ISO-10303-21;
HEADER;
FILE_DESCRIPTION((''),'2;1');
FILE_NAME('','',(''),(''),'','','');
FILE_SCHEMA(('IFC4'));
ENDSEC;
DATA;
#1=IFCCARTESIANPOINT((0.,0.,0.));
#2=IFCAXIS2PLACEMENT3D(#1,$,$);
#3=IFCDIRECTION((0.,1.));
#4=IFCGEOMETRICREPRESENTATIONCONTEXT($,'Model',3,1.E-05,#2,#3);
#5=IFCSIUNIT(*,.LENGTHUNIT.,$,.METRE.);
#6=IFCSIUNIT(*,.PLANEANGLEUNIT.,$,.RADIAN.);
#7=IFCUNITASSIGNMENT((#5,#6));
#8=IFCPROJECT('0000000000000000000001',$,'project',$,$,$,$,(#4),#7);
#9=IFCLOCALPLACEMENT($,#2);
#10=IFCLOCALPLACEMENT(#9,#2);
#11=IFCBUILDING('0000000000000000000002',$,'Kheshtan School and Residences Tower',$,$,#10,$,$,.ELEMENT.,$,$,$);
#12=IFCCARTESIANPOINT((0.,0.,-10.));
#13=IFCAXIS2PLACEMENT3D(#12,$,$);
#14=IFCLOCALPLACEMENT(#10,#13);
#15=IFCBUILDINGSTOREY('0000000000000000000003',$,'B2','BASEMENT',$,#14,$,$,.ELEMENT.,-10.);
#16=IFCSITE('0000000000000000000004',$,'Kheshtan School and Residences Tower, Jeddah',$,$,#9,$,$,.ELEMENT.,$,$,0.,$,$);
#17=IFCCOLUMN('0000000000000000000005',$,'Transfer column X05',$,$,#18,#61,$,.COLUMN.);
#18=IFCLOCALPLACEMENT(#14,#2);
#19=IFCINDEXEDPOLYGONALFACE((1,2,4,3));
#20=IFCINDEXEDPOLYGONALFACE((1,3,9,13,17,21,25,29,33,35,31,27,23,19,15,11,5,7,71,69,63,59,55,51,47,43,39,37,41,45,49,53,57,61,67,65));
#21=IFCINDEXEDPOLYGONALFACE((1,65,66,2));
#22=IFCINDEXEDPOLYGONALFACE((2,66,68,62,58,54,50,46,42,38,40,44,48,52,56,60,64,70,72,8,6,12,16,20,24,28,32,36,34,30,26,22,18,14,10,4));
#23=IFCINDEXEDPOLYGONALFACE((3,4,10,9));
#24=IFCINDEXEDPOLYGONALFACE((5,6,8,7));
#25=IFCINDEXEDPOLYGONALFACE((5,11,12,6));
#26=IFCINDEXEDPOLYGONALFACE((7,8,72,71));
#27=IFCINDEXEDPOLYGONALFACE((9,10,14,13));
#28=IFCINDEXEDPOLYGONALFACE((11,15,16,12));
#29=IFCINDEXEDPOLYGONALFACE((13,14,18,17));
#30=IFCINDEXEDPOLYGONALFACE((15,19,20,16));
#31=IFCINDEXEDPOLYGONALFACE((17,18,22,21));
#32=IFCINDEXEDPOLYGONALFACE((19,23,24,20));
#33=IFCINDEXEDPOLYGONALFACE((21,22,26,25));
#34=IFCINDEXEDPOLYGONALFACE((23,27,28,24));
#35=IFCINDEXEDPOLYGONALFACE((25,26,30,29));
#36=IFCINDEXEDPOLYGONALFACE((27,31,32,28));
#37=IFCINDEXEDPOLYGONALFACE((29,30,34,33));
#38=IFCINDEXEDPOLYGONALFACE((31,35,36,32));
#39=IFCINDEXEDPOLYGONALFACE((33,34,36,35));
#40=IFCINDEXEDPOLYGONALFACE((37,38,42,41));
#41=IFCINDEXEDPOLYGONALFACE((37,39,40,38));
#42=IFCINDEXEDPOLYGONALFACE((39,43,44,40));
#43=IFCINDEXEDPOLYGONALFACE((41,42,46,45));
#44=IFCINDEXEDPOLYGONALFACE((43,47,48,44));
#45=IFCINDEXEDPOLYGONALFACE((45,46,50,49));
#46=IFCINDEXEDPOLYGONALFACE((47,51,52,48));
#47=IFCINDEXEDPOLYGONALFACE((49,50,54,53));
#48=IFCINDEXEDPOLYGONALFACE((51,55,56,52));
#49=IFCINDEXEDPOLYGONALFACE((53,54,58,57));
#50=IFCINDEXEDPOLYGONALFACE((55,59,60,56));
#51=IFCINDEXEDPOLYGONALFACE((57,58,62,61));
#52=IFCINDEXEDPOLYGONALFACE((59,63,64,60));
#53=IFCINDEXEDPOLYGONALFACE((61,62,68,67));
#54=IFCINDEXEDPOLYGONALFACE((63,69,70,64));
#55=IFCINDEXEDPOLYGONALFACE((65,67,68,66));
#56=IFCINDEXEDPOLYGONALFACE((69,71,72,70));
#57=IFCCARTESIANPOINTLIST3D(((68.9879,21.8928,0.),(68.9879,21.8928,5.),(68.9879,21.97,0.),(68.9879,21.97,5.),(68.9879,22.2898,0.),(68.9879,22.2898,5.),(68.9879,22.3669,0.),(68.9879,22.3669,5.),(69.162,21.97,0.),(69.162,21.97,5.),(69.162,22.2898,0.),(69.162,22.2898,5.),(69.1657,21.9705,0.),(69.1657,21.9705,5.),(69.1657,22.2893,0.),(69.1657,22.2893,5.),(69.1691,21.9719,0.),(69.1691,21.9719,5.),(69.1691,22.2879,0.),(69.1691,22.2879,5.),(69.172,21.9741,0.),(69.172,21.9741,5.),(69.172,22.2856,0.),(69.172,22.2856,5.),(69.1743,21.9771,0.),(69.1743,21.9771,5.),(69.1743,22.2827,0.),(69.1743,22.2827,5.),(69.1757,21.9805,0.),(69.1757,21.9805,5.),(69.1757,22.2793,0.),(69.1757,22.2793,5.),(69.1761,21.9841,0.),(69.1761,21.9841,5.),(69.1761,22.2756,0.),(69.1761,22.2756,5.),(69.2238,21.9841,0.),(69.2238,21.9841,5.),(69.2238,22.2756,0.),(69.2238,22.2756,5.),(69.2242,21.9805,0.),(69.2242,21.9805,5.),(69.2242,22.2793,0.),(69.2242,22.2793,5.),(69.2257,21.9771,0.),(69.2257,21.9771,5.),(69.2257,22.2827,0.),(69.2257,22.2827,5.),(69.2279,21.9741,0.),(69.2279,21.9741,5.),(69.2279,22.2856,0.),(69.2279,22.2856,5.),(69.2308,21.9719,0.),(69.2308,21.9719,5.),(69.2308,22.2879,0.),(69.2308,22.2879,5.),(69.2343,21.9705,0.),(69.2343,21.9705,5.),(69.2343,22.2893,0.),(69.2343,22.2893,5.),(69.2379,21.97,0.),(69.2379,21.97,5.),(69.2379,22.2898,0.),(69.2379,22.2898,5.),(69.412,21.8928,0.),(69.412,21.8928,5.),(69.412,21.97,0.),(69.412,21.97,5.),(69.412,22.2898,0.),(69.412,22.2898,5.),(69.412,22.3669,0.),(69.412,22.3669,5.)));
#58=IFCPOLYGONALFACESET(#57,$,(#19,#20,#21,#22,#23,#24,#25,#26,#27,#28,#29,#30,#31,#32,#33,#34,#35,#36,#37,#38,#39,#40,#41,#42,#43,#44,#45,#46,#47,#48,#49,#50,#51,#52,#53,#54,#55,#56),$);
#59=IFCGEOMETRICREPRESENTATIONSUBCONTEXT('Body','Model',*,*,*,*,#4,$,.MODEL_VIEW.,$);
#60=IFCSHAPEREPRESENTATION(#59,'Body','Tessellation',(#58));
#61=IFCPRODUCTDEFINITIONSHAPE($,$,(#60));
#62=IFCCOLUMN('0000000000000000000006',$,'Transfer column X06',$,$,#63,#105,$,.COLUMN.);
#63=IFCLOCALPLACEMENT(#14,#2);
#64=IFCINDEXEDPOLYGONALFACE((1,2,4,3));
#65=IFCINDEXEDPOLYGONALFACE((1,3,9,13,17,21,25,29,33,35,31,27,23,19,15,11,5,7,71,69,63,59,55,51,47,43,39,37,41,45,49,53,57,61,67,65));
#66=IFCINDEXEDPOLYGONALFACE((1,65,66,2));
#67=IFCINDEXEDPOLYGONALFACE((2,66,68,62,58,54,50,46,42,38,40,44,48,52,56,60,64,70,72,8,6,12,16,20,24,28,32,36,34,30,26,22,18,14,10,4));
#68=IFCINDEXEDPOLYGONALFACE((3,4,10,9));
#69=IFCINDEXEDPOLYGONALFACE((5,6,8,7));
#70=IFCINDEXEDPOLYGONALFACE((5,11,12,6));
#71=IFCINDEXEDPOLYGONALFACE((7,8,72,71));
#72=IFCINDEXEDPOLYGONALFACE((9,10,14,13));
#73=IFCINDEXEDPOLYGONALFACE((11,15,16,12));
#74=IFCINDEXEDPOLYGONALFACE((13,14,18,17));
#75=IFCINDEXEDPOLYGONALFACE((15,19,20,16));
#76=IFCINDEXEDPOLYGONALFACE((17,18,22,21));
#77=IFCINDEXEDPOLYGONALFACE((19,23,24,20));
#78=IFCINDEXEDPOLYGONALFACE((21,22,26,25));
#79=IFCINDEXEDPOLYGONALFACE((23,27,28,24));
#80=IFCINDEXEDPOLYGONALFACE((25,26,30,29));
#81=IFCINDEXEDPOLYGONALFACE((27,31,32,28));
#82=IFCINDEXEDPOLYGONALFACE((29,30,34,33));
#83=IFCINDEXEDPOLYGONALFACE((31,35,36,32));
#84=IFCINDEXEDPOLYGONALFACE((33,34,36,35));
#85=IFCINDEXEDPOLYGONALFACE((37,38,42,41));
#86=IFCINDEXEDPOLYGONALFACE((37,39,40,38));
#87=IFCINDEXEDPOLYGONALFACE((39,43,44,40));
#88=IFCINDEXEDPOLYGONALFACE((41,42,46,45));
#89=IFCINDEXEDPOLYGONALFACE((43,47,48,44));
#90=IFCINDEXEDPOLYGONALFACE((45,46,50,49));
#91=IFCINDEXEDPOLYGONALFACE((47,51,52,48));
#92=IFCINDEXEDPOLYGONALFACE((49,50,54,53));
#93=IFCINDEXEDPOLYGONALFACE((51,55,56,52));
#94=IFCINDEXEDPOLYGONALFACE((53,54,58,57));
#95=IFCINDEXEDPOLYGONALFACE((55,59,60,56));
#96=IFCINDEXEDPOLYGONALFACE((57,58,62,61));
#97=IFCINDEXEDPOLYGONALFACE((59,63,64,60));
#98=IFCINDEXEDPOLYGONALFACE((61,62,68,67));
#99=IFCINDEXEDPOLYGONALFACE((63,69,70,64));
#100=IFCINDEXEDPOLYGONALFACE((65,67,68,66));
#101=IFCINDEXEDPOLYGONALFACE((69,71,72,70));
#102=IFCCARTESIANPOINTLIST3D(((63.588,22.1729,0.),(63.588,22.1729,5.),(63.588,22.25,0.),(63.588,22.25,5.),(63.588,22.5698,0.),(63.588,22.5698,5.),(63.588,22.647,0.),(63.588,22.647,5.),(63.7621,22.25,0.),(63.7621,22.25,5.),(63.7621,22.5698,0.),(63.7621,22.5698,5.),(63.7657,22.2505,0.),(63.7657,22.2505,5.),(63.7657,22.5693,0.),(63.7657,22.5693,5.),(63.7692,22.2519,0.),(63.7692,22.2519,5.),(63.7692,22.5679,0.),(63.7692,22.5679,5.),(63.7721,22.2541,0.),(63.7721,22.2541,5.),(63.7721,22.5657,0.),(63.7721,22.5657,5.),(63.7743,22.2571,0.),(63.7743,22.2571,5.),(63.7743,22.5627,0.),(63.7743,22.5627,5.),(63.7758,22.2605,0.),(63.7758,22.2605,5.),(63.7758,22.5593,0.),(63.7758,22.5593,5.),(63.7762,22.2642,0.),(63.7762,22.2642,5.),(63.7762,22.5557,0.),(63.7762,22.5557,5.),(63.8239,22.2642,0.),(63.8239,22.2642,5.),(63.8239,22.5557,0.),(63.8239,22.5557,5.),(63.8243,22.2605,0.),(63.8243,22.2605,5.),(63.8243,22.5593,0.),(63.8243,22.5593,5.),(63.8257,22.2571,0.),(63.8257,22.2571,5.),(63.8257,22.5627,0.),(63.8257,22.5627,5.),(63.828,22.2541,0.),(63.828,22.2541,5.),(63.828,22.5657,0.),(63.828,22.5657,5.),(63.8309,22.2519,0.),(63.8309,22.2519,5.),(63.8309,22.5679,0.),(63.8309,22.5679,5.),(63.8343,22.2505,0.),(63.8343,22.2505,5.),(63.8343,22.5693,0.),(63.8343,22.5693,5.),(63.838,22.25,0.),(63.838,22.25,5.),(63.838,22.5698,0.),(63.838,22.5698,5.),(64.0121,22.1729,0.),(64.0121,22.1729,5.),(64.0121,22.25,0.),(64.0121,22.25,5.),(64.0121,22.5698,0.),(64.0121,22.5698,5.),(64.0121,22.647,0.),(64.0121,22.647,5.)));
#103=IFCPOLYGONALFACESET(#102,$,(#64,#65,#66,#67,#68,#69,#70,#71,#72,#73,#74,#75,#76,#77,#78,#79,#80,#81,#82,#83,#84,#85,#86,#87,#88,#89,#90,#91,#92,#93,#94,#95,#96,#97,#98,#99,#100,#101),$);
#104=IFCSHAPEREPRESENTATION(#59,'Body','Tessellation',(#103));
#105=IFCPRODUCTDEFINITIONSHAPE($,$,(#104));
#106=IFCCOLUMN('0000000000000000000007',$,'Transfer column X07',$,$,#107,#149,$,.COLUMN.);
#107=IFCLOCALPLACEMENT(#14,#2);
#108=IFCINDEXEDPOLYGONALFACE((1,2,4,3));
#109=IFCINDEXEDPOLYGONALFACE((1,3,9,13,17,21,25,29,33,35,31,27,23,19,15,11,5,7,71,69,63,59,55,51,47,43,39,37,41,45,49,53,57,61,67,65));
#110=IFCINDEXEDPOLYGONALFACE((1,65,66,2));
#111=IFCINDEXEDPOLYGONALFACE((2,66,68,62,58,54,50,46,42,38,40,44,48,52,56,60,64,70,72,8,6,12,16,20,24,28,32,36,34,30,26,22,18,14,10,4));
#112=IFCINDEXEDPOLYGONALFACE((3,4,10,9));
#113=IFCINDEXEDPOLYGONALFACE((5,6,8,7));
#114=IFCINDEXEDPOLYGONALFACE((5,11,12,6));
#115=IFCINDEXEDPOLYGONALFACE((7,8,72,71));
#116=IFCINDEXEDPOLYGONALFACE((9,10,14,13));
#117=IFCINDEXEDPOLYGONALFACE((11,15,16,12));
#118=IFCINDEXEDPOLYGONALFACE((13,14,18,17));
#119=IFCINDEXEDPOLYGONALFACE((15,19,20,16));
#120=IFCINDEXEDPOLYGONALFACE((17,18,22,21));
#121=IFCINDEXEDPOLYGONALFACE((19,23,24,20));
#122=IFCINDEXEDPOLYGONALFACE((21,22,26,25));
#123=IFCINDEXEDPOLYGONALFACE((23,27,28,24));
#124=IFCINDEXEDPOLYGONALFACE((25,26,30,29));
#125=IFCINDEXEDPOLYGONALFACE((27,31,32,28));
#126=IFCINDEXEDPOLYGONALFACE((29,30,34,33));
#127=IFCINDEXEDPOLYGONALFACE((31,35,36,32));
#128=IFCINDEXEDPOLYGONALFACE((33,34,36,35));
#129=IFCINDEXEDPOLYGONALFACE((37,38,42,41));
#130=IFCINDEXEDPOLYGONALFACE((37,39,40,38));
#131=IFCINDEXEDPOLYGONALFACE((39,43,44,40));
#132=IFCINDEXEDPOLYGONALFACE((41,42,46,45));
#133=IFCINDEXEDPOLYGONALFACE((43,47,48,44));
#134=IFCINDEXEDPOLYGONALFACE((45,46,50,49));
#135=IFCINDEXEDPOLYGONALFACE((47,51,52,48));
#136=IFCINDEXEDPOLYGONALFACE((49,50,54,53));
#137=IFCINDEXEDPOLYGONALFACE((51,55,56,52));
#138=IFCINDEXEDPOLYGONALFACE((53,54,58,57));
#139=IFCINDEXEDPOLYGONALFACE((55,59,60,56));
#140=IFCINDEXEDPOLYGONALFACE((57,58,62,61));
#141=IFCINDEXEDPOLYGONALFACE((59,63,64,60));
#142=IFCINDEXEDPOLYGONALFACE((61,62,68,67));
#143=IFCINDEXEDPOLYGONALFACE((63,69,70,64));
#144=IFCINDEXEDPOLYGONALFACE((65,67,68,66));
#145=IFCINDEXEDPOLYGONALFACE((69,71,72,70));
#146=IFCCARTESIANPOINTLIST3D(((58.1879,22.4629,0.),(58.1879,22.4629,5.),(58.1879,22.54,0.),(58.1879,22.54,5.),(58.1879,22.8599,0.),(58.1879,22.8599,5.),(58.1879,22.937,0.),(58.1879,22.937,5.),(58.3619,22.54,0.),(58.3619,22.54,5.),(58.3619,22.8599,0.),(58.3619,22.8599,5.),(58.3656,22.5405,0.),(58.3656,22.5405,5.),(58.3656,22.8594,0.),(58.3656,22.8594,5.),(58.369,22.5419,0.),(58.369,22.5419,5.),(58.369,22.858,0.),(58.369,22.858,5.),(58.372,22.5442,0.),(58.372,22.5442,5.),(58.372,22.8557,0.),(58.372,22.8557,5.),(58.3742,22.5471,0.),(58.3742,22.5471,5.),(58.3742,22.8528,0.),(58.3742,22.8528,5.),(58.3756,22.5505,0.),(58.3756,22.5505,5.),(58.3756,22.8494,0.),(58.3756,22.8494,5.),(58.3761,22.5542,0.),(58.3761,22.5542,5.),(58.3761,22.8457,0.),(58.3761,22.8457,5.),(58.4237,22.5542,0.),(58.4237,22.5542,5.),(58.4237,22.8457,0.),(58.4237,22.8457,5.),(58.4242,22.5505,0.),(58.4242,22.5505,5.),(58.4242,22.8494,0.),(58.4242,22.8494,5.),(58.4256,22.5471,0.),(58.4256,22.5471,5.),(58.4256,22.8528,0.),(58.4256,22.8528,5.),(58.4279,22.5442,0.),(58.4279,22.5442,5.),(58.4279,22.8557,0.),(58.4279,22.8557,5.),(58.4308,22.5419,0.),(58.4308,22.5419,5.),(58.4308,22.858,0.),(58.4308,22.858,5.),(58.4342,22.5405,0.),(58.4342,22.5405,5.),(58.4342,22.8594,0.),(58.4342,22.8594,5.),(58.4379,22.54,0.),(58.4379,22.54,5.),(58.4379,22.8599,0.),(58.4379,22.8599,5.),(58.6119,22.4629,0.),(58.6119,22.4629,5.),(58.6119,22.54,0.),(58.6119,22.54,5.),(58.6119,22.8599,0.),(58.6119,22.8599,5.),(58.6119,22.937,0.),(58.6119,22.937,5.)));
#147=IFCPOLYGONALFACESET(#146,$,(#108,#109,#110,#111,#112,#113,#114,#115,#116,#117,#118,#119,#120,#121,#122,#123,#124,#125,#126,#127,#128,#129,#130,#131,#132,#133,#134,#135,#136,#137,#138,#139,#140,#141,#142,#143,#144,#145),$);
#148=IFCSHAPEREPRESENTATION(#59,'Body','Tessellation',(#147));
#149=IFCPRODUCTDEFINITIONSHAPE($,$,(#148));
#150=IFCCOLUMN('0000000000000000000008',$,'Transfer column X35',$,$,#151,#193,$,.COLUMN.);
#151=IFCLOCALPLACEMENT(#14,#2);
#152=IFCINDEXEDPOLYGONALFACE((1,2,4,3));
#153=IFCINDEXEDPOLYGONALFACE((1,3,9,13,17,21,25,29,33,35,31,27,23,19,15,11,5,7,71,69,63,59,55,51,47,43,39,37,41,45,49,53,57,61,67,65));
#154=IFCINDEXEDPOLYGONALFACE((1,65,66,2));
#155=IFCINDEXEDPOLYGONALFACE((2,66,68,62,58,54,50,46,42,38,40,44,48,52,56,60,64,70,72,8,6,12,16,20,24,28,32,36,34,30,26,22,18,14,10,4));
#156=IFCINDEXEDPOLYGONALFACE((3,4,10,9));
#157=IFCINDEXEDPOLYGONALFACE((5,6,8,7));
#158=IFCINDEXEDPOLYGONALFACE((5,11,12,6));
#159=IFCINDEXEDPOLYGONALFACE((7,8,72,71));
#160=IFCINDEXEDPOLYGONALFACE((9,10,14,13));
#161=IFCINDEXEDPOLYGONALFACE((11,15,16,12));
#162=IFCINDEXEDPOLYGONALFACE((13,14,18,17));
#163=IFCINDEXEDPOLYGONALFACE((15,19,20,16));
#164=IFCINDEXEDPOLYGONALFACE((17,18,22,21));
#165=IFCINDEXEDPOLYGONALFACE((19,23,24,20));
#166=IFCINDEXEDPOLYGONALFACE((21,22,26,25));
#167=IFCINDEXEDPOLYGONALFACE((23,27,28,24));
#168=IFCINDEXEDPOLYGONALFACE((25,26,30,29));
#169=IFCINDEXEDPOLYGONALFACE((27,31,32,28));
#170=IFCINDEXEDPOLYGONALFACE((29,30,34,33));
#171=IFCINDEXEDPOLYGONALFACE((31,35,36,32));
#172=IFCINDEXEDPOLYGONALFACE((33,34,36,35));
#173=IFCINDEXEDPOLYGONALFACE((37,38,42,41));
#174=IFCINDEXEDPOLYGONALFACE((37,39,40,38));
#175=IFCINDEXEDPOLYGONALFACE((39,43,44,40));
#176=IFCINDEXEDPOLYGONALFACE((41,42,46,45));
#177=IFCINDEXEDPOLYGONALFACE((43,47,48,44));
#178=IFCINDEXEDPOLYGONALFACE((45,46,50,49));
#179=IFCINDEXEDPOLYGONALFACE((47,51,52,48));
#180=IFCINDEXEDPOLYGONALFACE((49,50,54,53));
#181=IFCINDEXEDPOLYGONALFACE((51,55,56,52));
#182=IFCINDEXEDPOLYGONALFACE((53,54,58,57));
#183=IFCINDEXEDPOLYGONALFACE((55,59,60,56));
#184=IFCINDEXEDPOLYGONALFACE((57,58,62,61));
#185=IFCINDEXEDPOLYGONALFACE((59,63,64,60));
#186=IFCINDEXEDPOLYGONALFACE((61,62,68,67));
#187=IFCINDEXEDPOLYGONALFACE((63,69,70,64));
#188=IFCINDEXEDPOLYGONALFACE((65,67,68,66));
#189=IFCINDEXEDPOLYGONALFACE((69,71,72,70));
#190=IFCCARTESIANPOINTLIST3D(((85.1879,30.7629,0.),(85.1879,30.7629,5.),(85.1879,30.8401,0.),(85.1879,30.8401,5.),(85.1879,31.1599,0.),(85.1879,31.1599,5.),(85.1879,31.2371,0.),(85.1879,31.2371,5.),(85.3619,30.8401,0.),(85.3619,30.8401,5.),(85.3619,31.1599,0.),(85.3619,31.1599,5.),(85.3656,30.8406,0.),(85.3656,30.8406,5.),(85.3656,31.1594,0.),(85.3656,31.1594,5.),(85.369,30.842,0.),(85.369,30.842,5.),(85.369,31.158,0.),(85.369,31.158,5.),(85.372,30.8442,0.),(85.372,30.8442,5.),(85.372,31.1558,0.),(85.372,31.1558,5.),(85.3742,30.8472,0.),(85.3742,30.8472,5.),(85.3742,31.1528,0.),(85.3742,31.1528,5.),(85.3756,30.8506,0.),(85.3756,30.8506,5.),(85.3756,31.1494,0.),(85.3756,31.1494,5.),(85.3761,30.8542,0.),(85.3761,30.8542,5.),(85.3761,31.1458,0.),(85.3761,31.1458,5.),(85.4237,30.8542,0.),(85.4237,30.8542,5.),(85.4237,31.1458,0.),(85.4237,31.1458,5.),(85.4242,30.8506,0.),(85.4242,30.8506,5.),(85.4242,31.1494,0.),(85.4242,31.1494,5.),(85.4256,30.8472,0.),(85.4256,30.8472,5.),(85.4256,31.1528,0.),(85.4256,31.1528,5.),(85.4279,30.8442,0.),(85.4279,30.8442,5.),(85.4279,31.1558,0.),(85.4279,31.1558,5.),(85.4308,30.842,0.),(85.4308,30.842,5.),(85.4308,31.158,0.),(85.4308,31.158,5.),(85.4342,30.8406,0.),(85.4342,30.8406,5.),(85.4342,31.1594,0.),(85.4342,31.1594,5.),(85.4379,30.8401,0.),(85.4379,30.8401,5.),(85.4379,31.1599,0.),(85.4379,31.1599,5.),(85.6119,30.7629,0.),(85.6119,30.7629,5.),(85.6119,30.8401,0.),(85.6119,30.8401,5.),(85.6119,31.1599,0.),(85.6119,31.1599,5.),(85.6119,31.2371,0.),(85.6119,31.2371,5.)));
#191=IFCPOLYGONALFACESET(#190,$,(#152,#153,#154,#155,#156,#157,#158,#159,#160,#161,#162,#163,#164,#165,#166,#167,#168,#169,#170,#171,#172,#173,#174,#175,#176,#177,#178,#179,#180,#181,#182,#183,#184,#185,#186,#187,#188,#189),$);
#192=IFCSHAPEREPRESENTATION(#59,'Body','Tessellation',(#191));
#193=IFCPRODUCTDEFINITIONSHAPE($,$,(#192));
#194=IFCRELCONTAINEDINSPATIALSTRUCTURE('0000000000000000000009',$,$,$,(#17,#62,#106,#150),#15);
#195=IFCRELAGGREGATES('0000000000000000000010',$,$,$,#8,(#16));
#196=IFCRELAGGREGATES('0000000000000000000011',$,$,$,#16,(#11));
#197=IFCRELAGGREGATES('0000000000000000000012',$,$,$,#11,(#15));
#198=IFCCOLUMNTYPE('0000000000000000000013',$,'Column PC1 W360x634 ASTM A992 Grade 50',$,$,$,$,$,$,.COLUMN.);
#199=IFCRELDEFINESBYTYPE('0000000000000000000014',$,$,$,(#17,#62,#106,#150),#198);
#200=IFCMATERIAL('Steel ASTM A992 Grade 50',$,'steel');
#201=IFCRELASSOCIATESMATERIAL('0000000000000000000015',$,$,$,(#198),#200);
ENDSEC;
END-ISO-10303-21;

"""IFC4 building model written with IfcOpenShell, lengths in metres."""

from ifc_helpers import new_model, si_unit, direction, frame, origin, origin_2d, place, context, subcontext, project, spatial, i_section, extrude, material, material_profile, profile_set, type_object, element, save


model = new_model("IFC4")

# Units and contexts
model_context = context("Model", 3, precision=1e-05, world=origin(), true_north=direction((0.0, 1.0)))
body_context = subcontext(model_context, "Body", "Model", "MODEL_VIEW")
ifc_project = project(units=[si_unit("LENGTHUNIT", "METRE"), si_unit("PLANEANGLEUNIT", "RADIAN")], contexts=[model_context])

# Site, building, storey
site_placement = place(None, origin())
site = spatial("IfcSite", under=ifc_project, at=site_placement, Name="Kheshtan School and Residences Tower, Jeddah", CompositionType="ELEMENT", RefElevation=0.0)
building_placement = place(site_placement, origin())
building = spatial("IfcBuilding", under=site, at=building_placement, Name="Kheshtan School and Residences Tower", CompositionType="ELEMENT")
storey_placement = place(building_placement, frame((0.0, 0.0, -10.0)))
storey = spatial("IfcBuildingStorey", under=building, at=storey_placement, Name="B2", Description="BASEMENT", CompositionType="ELEMENT", Elevation=-10.0)

# Columns
ifc_material = material(Name="Steel ASTM A992 Grade 50", Category="steel")
ifc_material_profile = material_profile(ifc_material, i_section(OverallWidth=0.4241, OverallDepth=0.4741, WebThickness=0.0476, FlangeThickness=0.0771, FilletRadius=0.0142, at=origin_2d()), Name="W360x634")
ifc_profile_set = profile_set([ifc_material_profile], Name="Steel ASTM A992 Grade 50")
column_type = type_object("IfcColumnType", Name="Column PC1 W360x634 ASTM A992 Grade 50", PredefinedType="COLUMN", material=ifc_profile_set)
for number, where, z_axis, x_axis, name in (
    (1, (69.2, 22.1299, 0.0), (0.0, 0.0, 1.0), (1.0, 0.0, 0.0), "Transfer column X05"),
    (2, (63.8, 22.4099, 0.0), (0.0, 0.0, 1.0), (1.0, 0.0, 0.0), "Transfer column X06"),
    (3, (58.3999, 22.7, 0.0), (0.0, 0.0, 1.0), (1.0, 0.0, 0.0), "Transfer column X07"),
    (4, (85.3999, 31.0, 0.0), (0.0, 0.0, 1.0), (1.0, 0.0, 0.0), "Transfer column X35"),
):
    element("IfcColumn", number, at=place(storey_placement, frame(where, z_axis=z_axis, x_axis=x_axis)), inside=storey, type_object=column_type, Name=name, PredefinedType="COLUMN", context=body_context, shape_type="SweptSolid", body=[
        extrude(i_section(OverallWidth=0.4241, OverallDepth=0.4741, WebThickness=0.0476, FlangeThickness=0.0771, FilletRadius=0.0142, at=origin_2d()), origin(), (0.0, 0.0, 1.0), 5.0),
    ])

save(model, "model.ifc")
